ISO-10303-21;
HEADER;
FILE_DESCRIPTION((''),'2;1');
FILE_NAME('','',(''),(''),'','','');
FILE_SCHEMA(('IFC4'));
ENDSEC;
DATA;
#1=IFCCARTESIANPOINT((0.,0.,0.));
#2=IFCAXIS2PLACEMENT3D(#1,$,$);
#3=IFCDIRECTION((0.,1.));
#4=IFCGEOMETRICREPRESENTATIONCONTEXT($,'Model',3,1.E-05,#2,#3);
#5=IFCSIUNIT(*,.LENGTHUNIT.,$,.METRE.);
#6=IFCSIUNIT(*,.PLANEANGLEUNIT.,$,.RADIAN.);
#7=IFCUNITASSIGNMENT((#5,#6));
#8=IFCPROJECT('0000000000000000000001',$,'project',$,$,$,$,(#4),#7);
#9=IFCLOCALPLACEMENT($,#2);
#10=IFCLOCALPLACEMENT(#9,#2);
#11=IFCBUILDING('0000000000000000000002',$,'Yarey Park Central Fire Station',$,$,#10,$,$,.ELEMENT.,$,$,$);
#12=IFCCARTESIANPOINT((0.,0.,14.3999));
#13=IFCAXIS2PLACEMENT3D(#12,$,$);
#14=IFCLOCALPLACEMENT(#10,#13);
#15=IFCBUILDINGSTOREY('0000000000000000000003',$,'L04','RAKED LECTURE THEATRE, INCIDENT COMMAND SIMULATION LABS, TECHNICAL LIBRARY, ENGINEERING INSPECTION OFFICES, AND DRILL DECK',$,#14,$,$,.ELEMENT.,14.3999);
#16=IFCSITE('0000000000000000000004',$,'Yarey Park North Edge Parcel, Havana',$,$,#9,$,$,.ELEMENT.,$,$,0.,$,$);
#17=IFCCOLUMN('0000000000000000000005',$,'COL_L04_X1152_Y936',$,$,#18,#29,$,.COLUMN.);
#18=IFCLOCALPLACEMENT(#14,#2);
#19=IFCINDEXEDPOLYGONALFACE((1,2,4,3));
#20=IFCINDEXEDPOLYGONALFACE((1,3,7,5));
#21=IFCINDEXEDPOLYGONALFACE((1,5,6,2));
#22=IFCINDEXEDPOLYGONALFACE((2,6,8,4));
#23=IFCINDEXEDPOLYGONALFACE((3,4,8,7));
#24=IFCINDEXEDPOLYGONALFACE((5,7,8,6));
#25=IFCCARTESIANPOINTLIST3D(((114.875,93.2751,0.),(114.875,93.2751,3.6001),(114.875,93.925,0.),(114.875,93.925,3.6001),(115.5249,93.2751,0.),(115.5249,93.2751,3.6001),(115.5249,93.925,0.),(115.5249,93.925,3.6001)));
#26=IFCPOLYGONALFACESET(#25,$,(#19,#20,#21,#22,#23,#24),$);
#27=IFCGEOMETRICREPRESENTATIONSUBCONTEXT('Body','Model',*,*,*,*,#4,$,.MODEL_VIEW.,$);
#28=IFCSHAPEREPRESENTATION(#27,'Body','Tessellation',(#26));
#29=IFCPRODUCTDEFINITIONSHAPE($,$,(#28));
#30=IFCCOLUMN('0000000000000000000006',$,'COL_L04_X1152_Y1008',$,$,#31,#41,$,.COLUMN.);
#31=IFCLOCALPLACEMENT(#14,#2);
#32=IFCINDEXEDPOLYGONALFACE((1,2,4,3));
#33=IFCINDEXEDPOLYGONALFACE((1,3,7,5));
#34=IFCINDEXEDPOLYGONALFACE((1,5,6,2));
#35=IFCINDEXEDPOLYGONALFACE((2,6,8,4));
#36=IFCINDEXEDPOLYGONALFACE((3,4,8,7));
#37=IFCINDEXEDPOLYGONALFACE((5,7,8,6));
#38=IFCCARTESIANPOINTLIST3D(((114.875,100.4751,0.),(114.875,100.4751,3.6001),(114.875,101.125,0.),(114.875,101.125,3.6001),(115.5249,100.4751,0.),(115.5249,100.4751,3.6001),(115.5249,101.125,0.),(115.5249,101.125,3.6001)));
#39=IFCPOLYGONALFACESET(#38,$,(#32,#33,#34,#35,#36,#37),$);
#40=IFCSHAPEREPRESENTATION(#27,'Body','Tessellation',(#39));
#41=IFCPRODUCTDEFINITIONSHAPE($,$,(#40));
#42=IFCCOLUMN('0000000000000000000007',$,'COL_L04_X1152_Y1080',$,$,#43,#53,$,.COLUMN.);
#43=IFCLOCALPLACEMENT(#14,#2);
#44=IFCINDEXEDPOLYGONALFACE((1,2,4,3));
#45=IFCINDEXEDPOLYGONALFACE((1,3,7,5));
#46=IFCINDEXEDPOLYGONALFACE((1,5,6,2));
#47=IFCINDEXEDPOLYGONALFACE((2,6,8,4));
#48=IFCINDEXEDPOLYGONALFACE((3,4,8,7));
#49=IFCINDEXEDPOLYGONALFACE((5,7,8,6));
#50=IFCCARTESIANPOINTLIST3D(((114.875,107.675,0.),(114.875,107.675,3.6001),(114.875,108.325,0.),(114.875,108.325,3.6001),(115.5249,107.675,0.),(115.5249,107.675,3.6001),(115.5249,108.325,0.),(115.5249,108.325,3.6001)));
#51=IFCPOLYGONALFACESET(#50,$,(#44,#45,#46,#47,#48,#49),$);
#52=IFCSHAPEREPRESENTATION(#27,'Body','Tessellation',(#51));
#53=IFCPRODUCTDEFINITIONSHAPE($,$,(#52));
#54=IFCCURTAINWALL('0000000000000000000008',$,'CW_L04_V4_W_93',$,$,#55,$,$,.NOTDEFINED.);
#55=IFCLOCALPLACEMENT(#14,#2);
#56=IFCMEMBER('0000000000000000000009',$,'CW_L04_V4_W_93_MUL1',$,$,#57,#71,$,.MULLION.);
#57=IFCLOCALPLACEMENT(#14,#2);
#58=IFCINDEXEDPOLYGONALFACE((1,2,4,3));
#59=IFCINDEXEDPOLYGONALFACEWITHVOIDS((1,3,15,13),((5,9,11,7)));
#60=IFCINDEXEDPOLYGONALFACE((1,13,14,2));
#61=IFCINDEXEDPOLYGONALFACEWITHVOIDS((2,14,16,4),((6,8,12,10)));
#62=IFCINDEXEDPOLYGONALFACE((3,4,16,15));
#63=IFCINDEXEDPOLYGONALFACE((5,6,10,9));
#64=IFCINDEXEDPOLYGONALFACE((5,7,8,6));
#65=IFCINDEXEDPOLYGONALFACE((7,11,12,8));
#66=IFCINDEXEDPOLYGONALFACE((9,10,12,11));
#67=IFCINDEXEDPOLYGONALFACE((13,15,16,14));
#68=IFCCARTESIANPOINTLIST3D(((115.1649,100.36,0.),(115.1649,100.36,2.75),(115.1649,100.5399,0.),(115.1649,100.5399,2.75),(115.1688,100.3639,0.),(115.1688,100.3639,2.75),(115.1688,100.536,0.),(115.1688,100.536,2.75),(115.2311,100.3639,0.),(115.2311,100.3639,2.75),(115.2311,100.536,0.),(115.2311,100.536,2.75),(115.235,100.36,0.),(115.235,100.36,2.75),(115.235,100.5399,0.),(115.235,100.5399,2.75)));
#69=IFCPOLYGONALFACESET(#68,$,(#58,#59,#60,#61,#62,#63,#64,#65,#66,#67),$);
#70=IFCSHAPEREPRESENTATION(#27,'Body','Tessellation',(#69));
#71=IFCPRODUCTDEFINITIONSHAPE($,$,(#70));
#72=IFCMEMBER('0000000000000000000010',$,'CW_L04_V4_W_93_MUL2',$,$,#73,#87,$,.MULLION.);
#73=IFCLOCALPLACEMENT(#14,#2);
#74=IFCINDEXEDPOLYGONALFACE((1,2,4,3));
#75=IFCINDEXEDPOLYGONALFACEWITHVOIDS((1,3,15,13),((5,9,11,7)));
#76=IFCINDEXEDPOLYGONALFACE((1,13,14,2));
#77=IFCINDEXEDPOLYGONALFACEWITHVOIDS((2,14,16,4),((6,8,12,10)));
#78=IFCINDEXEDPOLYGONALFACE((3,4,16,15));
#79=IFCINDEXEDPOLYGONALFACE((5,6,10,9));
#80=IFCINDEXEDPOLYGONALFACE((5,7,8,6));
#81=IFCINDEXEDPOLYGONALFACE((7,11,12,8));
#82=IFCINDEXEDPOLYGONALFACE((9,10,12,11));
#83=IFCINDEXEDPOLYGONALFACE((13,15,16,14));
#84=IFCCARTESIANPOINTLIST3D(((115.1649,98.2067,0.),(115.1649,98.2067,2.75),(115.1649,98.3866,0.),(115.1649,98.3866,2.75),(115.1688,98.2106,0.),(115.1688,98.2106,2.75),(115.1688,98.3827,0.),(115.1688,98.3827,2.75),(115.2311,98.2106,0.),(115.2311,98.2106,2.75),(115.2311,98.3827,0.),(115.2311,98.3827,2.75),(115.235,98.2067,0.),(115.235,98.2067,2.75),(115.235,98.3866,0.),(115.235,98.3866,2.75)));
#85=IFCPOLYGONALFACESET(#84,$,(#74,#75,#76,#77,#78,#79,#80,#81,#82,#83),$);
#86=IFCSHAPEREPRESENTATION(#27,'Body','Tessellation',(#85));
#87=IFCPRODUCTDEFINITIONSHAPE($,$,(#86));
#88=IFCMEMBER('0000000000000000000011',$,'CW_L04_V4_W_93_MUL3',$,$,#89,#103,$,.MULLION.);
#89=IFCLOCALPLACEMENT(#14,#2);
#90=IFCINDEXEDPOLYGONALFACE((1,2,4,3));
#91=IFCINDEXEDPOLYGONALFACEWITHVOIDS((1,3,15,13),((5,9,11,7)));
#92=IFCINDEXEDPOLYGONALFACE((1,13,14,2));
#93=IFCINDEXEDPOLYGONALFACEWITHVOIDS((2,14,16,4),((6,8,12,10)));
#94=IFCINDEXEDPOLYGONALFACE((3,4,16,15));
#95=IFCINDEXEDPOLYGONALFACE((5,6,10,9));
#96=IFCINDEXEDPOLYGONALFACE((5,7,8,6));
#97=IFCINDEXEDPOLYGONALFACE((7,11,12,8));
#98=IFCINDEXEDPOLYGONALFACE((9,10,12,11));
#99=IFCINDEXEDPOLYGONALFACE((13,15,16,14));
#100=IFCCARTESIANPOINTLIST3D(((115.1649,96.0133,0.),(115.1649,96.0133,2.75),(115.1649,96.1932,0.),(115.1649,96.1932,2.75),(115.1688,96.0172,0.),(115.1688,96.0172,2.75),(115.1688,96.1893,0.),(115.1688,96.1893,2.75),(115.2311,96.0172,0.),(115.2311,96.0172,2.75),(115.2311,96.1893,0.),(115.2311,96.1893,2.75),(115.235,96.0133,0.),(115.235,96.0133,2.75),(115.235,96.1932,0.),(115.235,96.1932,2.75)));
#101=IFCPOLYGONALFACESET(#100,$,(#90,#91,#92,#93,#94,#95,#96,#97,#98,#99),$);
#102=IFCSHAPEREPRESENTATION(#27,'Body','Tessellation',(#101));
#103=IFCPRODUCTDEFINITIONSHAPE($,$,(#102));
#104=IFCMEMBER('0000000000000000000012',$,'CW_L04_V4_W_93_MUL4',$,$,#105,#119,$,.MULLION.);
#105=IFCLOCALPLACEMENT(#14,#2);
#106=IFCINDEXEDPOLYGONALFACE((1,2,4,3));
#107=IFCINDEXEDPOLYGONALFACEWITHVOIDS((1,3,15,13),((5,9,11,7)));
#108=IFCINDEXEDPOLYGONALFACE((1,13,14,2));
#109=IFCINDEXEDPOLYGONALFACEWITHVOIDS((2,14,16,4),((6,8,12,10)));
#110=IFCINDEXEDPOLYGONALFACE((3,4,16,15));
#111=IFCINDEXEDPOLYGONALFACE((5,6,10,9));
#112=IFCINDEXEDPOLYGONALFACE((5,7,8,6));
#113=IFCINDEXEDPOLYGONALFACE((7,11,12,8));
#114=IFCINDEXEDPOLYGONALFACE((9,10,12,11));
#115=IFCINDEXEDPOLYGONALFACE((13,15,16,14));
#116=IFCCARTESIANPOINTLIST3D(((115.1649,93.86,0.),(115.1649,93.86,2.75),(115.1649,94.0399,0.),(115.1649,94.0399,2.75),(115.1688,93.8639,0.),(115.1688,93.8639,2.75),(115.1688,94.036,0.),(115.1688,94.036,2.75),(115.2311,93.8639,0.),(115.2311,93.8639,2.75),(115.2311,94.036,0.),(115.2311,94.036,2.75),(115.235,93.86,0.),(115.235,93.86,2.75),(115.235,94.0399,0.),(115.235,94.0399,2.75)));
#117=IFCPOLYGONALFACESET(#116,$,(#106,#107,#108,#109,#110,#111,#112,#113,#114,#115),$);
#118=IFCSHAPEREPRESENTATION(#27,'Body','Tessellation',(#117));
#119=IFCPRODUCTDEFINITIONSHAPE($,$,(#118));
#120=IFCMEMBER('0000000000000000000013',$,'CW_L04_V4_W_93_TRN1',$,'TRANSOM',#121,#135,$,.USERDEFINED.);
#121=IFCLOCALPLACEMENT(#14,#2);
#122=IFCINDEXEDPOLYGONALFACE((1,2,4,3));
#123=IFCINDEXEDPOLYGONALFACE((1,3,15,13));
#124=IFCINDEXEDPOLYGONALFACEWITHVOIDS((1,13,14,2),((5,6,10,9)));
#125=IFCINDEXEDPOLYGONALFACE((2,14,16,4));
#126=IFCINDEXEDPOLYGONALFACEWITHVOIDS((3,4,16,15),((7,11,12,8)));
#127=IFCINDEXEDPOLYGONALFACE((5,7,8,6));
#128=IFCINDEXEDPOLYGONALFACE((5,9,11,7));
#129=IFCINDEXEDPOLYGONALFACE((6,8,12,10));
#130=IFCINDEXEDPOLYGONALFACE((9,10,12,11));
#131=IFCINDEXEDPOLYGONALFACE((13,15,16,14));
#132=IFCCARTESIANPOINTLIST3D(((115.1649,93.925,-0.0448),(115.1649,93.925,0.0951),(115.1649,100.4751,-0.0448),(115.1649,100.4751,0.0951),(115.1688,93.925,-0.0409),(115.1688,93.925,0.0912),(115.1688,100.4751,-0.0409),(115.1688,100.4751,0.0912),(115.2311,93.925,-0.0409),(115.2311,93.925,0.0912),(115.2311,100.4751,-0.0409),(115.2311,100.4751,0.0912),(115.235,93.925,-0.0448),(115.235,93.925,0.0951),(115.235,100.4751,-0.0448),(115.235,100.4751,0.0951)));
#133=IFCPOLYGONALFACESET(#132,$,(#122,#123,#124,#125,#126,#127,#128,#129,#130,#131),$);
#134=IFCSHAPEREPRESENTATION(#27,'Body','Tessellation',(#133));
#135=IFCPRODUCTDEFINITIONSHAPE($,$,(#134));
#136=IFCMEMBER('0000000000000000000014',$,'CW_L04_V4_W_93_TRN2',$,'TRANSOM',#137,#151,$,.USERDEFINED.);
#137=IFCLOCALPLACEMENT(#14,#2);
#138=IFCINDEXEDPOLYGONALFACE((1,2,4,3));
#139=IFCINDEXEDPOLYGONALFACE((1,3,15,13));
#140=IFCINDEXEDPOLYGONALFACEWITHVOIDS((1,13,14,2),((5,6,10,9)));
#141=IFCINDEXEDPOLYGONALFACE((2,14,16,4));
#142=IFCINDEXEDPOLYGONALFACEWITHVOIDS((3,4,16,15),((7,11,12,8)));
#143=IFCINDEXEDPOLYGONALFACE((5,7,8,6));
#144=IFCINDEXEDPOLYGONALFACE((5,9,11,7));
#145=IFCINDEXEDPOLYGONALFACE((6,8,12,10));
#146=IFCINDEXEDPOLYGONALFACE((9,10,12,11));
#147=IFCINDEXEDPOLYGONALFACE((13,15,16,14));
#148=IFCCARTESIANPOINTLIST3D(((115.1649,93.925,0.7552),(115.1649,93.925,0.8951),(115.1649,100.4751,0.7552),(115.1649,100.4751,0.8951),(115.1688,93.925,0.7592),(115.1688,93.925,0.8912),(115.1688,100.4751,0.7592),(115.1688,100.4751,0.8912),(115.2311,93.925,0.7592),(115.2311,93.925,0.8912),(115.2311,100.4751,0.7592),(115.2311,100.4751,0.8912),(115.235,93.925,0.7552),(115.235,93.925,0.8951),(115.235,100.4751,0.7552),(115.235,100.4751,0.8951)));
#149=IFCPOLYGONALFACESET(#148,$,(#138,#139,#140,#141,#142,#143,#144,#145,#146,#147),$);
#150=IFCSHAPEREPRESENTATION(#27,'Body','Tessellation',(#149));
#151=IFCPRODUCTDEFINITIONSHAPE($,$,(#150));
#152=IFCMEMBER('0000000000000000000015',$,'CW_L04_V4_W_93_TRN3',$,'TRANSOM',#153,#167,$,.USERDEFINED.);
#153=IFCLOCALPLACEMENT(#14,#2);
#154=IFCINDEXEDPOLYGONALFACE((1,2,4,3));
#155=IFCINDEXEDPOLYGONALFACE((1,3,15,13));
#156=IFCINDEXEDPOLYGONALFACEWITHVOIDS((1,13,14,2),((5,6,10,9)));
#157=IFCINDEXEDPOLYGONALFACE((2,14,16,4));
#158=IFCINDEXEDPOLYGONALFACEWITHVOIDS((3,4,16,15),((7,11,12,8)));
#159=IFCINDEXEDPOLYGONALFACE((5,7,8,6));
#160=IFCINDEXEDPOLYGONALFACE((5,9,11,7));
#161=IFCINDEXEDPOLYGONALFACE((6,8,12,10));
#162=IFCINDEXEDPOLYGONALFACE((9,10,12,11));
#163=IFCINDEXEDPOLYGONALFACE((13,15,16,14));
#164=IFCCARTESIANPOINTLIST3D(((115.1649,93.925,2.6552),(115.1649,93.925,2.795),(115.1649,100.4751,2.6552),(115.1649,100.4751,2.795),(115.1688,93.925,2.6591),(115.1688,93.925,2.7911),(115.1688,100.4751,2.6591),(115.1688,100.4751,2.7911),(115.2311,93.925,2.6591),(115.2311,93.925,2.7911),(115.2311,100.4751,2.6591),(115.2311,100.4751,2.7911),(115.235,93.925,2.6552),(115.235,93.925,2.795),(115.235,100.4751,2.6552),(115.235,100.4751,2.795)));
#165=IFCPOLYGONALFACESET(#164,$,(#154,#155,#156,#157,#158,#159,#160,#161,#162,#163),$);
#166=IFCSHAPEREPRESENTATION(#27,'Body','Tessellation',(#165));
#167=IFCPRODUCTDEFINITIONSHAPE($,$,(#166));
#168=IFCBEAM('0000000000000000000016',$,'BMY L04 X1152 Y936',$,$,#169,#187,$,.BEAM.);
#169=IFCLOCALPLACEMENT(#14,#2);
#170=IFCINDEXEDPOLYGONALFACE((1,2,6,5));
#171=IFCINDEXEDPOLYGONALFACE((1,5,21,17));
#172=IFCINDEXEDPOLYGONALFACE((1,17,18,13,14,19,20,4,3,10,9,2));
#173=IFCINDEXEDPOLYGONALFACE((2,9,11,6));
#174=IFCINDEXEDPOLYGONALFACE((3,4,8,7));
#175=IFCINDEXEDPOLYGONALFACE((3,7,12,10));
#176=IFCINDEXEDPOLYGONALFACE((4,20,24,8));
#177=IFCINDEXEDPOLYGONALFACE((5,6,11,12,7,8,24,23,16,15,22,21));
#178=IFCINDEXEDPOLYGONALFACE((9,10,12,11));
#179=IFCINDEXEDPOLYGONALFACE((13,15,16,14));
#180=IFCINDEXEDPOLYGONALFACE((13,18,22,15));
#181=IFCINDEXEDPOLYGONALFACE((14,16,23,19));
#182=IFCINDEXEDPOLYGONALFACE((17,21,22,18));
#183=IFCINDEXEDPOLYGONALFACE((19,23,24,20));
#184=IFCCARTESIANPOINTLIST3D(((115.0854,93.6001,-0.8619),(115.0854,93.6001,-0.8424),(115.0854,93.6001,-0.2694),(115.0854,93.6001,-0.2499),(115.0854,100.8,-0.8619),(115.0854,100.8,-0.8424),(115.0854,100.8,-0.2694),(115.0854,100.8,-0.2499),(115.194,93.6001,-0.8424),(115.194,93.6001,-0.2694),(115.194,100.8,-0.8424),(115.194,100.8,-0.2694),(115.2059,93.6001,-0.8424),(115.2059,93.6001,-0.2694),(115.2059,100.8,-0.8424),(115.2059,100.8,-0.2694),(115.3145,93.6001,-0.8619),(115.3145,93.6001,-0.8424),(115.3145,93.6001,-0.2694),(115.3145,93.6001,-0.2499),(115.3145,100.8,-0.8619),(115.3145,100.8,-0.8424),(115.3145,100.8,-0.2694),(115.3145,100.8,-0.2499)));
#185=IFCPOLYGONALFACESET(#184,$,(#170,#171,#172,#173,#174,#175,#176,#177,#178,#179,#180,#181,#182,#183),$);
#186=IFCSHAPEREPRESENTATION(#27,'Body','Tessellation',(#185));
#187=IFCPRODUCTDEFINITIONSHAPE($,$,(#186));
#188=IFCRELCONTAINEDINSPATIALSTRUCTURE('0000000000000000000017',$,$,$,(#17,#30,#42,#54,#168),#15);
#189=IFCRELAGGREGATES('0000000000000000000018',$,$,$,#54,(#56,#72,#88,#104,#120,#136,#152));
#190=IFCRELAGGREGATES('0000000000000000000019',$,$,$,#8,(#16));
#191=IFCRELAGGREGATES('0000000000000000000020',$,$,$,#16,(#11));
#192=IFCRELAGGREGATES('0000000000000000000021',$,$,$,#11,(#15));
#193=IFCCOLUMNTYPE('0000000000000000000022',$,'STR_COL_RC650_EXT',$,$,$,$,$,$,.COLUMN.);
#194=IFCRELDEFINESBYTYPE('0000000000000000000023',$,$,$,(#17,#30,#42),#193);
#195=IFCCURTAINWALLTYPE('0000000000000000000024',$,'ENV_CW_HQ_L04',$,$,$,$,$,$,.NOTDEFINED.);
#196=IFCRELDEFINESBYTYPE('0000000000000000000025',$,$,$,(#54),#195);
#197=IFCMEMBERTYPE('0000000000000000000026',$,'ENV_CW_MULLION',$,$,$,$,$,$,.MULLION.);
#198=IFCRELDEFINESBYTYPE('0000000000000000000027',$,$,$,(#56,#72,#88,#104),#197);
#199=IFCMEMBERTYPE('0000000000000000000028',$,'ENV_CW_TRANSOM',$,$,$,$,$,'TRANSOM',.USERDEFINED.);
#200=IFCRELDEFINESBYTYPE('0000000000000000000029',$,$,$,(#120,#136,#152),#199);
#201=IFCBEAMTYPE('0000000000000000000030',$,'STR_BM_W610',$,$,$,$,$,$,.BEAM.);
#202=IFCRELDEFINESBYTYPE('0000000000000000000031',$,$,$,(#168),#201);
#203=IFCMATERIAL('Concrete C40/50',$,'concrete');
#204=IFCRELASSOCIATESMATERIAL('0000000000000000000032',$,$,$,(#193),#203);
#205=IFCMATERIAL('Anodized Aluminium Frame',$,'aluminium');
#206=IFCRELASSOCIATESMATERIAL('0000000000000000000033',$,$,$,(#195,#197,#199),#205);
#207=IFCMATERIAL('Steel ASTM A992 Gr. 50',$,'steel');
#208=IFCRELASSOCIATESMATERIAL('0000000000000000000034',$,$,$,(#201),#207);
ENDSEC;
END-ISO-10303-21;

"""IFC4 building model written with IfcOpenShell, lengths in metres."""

from ifc_helpers import new_model, si_unit, direction, frame, origin, origin_2d, place, context, subcontext, project, spatial, rectangle, hollow_rectangle, i_section, extrude, material, material_profile, profile_set, type_object, element, aggregate, save


model = new_model("IFC4")

# Units and contexts
model_context = context("Model", 3, precision=1e-05, world=origin(), true_north=direction((0.0, 1.0)))
body_context = subcontext(model_context, "Body", "Model", "MODEL_VIEW")
ifc_project = project(units=[si_unit("LENGTHUNIT", "METRE"), si_unit("PLANEANGLEUNIT", "RADIAN")], contexts=[model_context])

# Site, building, storey
site_placement = place(None, origin())
site = spatial("IfcSite", under=ifc_project, at=site_placement, Name="Yarey Park North Edge Parcel, Havana", CompositionType="ELEMENT", RefElevation=0.0)
building_placement = place(site_placement, origin())
building = spatial("IfcBuilding", under=site, at=building_placement, Name="Yarey Park Central Fire Station", CompositionType="ELEMENT")
storey_placement = place(building_placement, frame((0.0, 0.0, 14.3999)))
storey = spatial("IfcBuildingStorey", under=building, at=storey_placement, Name="L04", Description="RAKED LECTURE THEATRE, INCIDENT COMMAND SIMULATION LABS, TECHNICAL LIBRARY, ENGINEERING INSPECTION OFFICES, AND DRILL DECK", CompositionType="ELEMENT", Elevation=14.3999)

# Columns
ifc_material_1 = material(Name="Concrete C40/50", Category="concrete")
ifc_material_profile_1 = material_profile(ifc_material_1, rectangle(XDim=0.6499, YDim=0.6499, at=origin_2d()), Name="RC 650x650")
ifc_profile_set_1 = profile_set([ifc_material_profile_1], Name="Concrete C40/50")
column_type = type_object("IfcColumnType", Name="STR_COL_RC650_EXT", PredefinedType="COLUMN", material=ifc_profile_set_1)
for number, where, z_axis, x_axis, name in (
    (1, (115.2, 93.6001, 0.0), (0.0, 0.0, 1.0), (1.0, 0.0, 0.0), "COL_L04_X1152_Y936"),
    (2, (115.2, 100.8, 0.0), (0.0, 0.0, 1.0), (1.0, 0.0, 0.0), "COL_L04_X1152_Y1008"),
    (3, (115.2, 108.0, 0.0), (0.0, 0.0, 1.0), (1.0, 0.0, 0.0), "COL_L04_X1152_Y1080"),
):
    element("IfcColumn", number, at=place(storey_placement, frame(where, z_axis=z_axis, x_axis=x_axis)), inside=storey, type_object=column_type, Name=name, PredefinedType="COLUMN", context=body_context, shape_type="SweptSolid", body=[
        extrude(rectangle(XDim=0.6499, YDim=0.6499, at=origin_2d()), origin(), (0.0, 0.0, 1.0), 3.6001),
    ])

# Curtain wall, members
ifc_material_2 = material(Name="Anodized Aluminium Frame", Category="aluminium")
curtain_wall_type = type_object("IfcCurtainWallType", Name="ENV_CW_HQ_L04", PredefinedType="NOTDEFINED", material=ifc_material_2)
curtain_wall_placement = place(storey_placement, origin())
curtain_wall = element("IfcCurtainWall", 4, at=curtain_wall_placement, inside=storey, type_object=curtain_wall_type, Name="CW_L04_V4_W_93", PredefinedType="NOTDEFINED")
ifc_material_profile_2 = material_profile(ifc_material_2, hollow_rectangle(XDim=0.0701, YDim=0.1799, WallThickness=0.0039, at=origin_2d()), Name="ALU 180x70x4")
ifc_profile_set_2 = profile_set([ifc_material_profile_2], Name="Anodized Aluminium Frame")
member_type_1 = type_object("IfcMemberType", Name="ENV_CW_MULLION", PredefinedType="MULLION", material=ifc_profile_set_2)
member_1_placement = place(storey_placement, frame((115.2, 100.45, 0.0), z_axis=(0.0, 0.0, 1.0), x_axis=(1.0, 0.0, 0.0)))
member_1 = element("IfcMember", 5, at=member_1_placement, type_object=member_type_1, Name="CW_L04_V4_W_93_MUL1", PredefinedType="MULLION", context=body_context, shape_type="SweptSolid", body=[
    extrude(hollow_rectangle(XDim=0.0701, YDim=0.1799, WallThickness=0.0039, at=origin_2d()), origin(), (0.0, 0.0, 1.0), 2.75),
])
member_2_placement = place(storey_placement, frame((115.2, 98.2966, 0.0), z_axis=(0.0, 0.0, 1.0), x_axis=(1.0, 0.0, 0.0)))
member_2 = element("IfcMember", 6, at=member_2_placement, type_object=member_type_1, Name="CW_L04_V4_W_93_MUL2", PredefinedType="MULLION", context=body_context, shape_type="SweptSolid", body=[
    extrude(hollow_rectangle(XDim=0.0701, YDim=0.1799, WallThickness=0.0039, at=origin_2d()), origin(), (0.0, 0.0, 1.0), 2.75),
])
member_3_placement = place(storey_placement, frame((115.2, 96.1033, 0.0), z_axis=(0.0, 0.0, 1.0), x_axis=(1.0, 0.0, 0.0)))
member_3 = element("IfcMember", 7, at=member_3_placement, type_object=member_type_1, Name="CW_L04_V4_W_93_MUL3", PredefinedType="MULLION", context=body_context, shape_type="SweptSolid", body=[
    extrude(hollow_rectangle(XDim=0.0701, YDim=0.1799, WallThickness=0.0039, at=origin_2d()), origin(), (0.0, 0.0, 1.0), 2.75),
])
member_4_placement = place(storey_placement, frame((115.2, 93.95, 0.0), z_axis=(0.0, 0.0, 1.0), x_axis=(1.0, 0.0, 0.0)))
member_4 = element("IfcMember", 8, at=member_4_placement, type_object=member_type_1, Name="CW_L04_V4_W_93_MUL4", PredefinedType="MULLION", context=body_context, shape_type="SweptSolid", body=[
    extrude(hollow_rectangle(XDim=0.0701, YDim=0.1799, WallThickness=0.0039, at=origin_2d()), origin(), (0.0, 0.0, 1.0), 2.75),
])
ifc_material_profile_3 = material_profile(ifc_material_2, hollow_rectangle(XDim=0.0701, YDim=0.1399, WallThickness=0.0039, at=origin_2d()), Name="ALU 140x70x4")
ifc_profile_set_3 = profile_set([ifc_material_profile_3], Name="Anodized Aluminium Frame")
member_type_2 = type_object("IfcMemberType", Name="ENV_CW_TRANSOM", ElementType="TRANSOM", PredefinedType="USERDEFINED", material=ifc_profile_set_3)
member_5_placement = place(storey_placement, frame((115.2, 100.4751, 0.0251), z_axis=(0.0, -1.0, 0.0), x_axis=(1.0, 0.0, 0.0)))
member_5 = element("IfcMember", 9, at=member_5_placement, type_object=member_type_2, Name="CW_L04_V4_W_93_TRN1", ObjectType="TRANSOM", PredefinedType="USERDEFINED", context=body_context, shape_type="SweptSolid", body=[
    extrude(hollow_rectangle(XDim=0.0701, YDim=0.1399, WallThickness=0.0039, at=origin_2d()), origin(), (0.0, 0.0, 1.0), 6.55),
])
member_6_placement = place(storey_placement, frame((115.2, 100.4751, 0.8252), z_axis=(0.0, -1.0, 0.0), x_axis=(1.0, 0.0, 0.0)))
member_6 = element("IfcMember", 10, at=member_6_placement, type_object=member_type_2, Name="CW_L04_V4_W_93_TRN2", ObjectType="TRANSOM", PredefinedType="USERDEFINED", context=body_context, shape_type="SweptSolid", body=[
    extrude(hollow_rectangle(XDim=0.0701, YDim=0.1399, WallThickness=0.0039, at=origin_2d()), origin(), (0.0, 0.0, 1.0), 6.55),
])
member_7_placement = place(storey_placement, frame((115.2, 100.4751, 2.7251), z_axis=(0.0, -1.0, 0.0), x_axis=(1.0, 0.0, 0.0)))
member_7 = element("IfcMember", 11, at=member_7_placement, type_object=member_type_2, Name="CW_L04_V4_W_93_TRN3", ObjectType="TRANSOM", PredefinedType="USERDEFINED", context=body_context, shape_type="SweptSolid", body=[
    extrude(hollow_rectangle(XDim=0.0701, YDim=0.1399, WallThickness=0.0039, at=origin_2d()), origin(), (0.0, 0.0, 1.0), 6.55),
])

# Beam
ifc_material_3 = material(Name="Steel ASTM A992 Gr. 50", Category="steel")
ifc_material_profile_4 = material_profile(ifc_material_3, i_section(OverallWidth=0.229, OverallDepth=0.6121, WebThickness=0.012, FlangeThickness=0.0195, at=origin_2d()), Name="W610x125")
ifc_profile_set_4 = profile_set([ifc_material_profile_4], Name="Steel ASTM A992 Gr. 50")
beam_type_1 = type_object("IfcBeamType", Name="STR_BM_W610", PredefinedType="BEAM", material=ifc_profile_set_4)
for number, where, z_axis, x_axis, name in (
    (12, (115.2, 93.6001, -0.5559), (0.0, 1.0, 0.0), (-1.0, 0.0, 0.0), "BMY L04 X1152 Y936"),
):
    element("IfcBeam", number, at=place(storey_placement, frame(where, z_axis=z_axis, x_axis=x_axis)), inside=storey, type_object=beam_type_1, Name=name, PredefinedType="BEAM", context=body_context, shape_type="SweptSolid", body=[
        extrude(i_section(OverallWidth=0.229, OverallDepth=0.6121, WebThickness=0.012, FlangeThickness=0.0195, at=origin_2d()), origin(), (0.0, 0.0, 1.0), 7.2),
    ])

aggregate(curtain_wall, [member_1, member_2, member_3, member_4, member_5, member_6, member_7])

save(model, "model.ifc")
